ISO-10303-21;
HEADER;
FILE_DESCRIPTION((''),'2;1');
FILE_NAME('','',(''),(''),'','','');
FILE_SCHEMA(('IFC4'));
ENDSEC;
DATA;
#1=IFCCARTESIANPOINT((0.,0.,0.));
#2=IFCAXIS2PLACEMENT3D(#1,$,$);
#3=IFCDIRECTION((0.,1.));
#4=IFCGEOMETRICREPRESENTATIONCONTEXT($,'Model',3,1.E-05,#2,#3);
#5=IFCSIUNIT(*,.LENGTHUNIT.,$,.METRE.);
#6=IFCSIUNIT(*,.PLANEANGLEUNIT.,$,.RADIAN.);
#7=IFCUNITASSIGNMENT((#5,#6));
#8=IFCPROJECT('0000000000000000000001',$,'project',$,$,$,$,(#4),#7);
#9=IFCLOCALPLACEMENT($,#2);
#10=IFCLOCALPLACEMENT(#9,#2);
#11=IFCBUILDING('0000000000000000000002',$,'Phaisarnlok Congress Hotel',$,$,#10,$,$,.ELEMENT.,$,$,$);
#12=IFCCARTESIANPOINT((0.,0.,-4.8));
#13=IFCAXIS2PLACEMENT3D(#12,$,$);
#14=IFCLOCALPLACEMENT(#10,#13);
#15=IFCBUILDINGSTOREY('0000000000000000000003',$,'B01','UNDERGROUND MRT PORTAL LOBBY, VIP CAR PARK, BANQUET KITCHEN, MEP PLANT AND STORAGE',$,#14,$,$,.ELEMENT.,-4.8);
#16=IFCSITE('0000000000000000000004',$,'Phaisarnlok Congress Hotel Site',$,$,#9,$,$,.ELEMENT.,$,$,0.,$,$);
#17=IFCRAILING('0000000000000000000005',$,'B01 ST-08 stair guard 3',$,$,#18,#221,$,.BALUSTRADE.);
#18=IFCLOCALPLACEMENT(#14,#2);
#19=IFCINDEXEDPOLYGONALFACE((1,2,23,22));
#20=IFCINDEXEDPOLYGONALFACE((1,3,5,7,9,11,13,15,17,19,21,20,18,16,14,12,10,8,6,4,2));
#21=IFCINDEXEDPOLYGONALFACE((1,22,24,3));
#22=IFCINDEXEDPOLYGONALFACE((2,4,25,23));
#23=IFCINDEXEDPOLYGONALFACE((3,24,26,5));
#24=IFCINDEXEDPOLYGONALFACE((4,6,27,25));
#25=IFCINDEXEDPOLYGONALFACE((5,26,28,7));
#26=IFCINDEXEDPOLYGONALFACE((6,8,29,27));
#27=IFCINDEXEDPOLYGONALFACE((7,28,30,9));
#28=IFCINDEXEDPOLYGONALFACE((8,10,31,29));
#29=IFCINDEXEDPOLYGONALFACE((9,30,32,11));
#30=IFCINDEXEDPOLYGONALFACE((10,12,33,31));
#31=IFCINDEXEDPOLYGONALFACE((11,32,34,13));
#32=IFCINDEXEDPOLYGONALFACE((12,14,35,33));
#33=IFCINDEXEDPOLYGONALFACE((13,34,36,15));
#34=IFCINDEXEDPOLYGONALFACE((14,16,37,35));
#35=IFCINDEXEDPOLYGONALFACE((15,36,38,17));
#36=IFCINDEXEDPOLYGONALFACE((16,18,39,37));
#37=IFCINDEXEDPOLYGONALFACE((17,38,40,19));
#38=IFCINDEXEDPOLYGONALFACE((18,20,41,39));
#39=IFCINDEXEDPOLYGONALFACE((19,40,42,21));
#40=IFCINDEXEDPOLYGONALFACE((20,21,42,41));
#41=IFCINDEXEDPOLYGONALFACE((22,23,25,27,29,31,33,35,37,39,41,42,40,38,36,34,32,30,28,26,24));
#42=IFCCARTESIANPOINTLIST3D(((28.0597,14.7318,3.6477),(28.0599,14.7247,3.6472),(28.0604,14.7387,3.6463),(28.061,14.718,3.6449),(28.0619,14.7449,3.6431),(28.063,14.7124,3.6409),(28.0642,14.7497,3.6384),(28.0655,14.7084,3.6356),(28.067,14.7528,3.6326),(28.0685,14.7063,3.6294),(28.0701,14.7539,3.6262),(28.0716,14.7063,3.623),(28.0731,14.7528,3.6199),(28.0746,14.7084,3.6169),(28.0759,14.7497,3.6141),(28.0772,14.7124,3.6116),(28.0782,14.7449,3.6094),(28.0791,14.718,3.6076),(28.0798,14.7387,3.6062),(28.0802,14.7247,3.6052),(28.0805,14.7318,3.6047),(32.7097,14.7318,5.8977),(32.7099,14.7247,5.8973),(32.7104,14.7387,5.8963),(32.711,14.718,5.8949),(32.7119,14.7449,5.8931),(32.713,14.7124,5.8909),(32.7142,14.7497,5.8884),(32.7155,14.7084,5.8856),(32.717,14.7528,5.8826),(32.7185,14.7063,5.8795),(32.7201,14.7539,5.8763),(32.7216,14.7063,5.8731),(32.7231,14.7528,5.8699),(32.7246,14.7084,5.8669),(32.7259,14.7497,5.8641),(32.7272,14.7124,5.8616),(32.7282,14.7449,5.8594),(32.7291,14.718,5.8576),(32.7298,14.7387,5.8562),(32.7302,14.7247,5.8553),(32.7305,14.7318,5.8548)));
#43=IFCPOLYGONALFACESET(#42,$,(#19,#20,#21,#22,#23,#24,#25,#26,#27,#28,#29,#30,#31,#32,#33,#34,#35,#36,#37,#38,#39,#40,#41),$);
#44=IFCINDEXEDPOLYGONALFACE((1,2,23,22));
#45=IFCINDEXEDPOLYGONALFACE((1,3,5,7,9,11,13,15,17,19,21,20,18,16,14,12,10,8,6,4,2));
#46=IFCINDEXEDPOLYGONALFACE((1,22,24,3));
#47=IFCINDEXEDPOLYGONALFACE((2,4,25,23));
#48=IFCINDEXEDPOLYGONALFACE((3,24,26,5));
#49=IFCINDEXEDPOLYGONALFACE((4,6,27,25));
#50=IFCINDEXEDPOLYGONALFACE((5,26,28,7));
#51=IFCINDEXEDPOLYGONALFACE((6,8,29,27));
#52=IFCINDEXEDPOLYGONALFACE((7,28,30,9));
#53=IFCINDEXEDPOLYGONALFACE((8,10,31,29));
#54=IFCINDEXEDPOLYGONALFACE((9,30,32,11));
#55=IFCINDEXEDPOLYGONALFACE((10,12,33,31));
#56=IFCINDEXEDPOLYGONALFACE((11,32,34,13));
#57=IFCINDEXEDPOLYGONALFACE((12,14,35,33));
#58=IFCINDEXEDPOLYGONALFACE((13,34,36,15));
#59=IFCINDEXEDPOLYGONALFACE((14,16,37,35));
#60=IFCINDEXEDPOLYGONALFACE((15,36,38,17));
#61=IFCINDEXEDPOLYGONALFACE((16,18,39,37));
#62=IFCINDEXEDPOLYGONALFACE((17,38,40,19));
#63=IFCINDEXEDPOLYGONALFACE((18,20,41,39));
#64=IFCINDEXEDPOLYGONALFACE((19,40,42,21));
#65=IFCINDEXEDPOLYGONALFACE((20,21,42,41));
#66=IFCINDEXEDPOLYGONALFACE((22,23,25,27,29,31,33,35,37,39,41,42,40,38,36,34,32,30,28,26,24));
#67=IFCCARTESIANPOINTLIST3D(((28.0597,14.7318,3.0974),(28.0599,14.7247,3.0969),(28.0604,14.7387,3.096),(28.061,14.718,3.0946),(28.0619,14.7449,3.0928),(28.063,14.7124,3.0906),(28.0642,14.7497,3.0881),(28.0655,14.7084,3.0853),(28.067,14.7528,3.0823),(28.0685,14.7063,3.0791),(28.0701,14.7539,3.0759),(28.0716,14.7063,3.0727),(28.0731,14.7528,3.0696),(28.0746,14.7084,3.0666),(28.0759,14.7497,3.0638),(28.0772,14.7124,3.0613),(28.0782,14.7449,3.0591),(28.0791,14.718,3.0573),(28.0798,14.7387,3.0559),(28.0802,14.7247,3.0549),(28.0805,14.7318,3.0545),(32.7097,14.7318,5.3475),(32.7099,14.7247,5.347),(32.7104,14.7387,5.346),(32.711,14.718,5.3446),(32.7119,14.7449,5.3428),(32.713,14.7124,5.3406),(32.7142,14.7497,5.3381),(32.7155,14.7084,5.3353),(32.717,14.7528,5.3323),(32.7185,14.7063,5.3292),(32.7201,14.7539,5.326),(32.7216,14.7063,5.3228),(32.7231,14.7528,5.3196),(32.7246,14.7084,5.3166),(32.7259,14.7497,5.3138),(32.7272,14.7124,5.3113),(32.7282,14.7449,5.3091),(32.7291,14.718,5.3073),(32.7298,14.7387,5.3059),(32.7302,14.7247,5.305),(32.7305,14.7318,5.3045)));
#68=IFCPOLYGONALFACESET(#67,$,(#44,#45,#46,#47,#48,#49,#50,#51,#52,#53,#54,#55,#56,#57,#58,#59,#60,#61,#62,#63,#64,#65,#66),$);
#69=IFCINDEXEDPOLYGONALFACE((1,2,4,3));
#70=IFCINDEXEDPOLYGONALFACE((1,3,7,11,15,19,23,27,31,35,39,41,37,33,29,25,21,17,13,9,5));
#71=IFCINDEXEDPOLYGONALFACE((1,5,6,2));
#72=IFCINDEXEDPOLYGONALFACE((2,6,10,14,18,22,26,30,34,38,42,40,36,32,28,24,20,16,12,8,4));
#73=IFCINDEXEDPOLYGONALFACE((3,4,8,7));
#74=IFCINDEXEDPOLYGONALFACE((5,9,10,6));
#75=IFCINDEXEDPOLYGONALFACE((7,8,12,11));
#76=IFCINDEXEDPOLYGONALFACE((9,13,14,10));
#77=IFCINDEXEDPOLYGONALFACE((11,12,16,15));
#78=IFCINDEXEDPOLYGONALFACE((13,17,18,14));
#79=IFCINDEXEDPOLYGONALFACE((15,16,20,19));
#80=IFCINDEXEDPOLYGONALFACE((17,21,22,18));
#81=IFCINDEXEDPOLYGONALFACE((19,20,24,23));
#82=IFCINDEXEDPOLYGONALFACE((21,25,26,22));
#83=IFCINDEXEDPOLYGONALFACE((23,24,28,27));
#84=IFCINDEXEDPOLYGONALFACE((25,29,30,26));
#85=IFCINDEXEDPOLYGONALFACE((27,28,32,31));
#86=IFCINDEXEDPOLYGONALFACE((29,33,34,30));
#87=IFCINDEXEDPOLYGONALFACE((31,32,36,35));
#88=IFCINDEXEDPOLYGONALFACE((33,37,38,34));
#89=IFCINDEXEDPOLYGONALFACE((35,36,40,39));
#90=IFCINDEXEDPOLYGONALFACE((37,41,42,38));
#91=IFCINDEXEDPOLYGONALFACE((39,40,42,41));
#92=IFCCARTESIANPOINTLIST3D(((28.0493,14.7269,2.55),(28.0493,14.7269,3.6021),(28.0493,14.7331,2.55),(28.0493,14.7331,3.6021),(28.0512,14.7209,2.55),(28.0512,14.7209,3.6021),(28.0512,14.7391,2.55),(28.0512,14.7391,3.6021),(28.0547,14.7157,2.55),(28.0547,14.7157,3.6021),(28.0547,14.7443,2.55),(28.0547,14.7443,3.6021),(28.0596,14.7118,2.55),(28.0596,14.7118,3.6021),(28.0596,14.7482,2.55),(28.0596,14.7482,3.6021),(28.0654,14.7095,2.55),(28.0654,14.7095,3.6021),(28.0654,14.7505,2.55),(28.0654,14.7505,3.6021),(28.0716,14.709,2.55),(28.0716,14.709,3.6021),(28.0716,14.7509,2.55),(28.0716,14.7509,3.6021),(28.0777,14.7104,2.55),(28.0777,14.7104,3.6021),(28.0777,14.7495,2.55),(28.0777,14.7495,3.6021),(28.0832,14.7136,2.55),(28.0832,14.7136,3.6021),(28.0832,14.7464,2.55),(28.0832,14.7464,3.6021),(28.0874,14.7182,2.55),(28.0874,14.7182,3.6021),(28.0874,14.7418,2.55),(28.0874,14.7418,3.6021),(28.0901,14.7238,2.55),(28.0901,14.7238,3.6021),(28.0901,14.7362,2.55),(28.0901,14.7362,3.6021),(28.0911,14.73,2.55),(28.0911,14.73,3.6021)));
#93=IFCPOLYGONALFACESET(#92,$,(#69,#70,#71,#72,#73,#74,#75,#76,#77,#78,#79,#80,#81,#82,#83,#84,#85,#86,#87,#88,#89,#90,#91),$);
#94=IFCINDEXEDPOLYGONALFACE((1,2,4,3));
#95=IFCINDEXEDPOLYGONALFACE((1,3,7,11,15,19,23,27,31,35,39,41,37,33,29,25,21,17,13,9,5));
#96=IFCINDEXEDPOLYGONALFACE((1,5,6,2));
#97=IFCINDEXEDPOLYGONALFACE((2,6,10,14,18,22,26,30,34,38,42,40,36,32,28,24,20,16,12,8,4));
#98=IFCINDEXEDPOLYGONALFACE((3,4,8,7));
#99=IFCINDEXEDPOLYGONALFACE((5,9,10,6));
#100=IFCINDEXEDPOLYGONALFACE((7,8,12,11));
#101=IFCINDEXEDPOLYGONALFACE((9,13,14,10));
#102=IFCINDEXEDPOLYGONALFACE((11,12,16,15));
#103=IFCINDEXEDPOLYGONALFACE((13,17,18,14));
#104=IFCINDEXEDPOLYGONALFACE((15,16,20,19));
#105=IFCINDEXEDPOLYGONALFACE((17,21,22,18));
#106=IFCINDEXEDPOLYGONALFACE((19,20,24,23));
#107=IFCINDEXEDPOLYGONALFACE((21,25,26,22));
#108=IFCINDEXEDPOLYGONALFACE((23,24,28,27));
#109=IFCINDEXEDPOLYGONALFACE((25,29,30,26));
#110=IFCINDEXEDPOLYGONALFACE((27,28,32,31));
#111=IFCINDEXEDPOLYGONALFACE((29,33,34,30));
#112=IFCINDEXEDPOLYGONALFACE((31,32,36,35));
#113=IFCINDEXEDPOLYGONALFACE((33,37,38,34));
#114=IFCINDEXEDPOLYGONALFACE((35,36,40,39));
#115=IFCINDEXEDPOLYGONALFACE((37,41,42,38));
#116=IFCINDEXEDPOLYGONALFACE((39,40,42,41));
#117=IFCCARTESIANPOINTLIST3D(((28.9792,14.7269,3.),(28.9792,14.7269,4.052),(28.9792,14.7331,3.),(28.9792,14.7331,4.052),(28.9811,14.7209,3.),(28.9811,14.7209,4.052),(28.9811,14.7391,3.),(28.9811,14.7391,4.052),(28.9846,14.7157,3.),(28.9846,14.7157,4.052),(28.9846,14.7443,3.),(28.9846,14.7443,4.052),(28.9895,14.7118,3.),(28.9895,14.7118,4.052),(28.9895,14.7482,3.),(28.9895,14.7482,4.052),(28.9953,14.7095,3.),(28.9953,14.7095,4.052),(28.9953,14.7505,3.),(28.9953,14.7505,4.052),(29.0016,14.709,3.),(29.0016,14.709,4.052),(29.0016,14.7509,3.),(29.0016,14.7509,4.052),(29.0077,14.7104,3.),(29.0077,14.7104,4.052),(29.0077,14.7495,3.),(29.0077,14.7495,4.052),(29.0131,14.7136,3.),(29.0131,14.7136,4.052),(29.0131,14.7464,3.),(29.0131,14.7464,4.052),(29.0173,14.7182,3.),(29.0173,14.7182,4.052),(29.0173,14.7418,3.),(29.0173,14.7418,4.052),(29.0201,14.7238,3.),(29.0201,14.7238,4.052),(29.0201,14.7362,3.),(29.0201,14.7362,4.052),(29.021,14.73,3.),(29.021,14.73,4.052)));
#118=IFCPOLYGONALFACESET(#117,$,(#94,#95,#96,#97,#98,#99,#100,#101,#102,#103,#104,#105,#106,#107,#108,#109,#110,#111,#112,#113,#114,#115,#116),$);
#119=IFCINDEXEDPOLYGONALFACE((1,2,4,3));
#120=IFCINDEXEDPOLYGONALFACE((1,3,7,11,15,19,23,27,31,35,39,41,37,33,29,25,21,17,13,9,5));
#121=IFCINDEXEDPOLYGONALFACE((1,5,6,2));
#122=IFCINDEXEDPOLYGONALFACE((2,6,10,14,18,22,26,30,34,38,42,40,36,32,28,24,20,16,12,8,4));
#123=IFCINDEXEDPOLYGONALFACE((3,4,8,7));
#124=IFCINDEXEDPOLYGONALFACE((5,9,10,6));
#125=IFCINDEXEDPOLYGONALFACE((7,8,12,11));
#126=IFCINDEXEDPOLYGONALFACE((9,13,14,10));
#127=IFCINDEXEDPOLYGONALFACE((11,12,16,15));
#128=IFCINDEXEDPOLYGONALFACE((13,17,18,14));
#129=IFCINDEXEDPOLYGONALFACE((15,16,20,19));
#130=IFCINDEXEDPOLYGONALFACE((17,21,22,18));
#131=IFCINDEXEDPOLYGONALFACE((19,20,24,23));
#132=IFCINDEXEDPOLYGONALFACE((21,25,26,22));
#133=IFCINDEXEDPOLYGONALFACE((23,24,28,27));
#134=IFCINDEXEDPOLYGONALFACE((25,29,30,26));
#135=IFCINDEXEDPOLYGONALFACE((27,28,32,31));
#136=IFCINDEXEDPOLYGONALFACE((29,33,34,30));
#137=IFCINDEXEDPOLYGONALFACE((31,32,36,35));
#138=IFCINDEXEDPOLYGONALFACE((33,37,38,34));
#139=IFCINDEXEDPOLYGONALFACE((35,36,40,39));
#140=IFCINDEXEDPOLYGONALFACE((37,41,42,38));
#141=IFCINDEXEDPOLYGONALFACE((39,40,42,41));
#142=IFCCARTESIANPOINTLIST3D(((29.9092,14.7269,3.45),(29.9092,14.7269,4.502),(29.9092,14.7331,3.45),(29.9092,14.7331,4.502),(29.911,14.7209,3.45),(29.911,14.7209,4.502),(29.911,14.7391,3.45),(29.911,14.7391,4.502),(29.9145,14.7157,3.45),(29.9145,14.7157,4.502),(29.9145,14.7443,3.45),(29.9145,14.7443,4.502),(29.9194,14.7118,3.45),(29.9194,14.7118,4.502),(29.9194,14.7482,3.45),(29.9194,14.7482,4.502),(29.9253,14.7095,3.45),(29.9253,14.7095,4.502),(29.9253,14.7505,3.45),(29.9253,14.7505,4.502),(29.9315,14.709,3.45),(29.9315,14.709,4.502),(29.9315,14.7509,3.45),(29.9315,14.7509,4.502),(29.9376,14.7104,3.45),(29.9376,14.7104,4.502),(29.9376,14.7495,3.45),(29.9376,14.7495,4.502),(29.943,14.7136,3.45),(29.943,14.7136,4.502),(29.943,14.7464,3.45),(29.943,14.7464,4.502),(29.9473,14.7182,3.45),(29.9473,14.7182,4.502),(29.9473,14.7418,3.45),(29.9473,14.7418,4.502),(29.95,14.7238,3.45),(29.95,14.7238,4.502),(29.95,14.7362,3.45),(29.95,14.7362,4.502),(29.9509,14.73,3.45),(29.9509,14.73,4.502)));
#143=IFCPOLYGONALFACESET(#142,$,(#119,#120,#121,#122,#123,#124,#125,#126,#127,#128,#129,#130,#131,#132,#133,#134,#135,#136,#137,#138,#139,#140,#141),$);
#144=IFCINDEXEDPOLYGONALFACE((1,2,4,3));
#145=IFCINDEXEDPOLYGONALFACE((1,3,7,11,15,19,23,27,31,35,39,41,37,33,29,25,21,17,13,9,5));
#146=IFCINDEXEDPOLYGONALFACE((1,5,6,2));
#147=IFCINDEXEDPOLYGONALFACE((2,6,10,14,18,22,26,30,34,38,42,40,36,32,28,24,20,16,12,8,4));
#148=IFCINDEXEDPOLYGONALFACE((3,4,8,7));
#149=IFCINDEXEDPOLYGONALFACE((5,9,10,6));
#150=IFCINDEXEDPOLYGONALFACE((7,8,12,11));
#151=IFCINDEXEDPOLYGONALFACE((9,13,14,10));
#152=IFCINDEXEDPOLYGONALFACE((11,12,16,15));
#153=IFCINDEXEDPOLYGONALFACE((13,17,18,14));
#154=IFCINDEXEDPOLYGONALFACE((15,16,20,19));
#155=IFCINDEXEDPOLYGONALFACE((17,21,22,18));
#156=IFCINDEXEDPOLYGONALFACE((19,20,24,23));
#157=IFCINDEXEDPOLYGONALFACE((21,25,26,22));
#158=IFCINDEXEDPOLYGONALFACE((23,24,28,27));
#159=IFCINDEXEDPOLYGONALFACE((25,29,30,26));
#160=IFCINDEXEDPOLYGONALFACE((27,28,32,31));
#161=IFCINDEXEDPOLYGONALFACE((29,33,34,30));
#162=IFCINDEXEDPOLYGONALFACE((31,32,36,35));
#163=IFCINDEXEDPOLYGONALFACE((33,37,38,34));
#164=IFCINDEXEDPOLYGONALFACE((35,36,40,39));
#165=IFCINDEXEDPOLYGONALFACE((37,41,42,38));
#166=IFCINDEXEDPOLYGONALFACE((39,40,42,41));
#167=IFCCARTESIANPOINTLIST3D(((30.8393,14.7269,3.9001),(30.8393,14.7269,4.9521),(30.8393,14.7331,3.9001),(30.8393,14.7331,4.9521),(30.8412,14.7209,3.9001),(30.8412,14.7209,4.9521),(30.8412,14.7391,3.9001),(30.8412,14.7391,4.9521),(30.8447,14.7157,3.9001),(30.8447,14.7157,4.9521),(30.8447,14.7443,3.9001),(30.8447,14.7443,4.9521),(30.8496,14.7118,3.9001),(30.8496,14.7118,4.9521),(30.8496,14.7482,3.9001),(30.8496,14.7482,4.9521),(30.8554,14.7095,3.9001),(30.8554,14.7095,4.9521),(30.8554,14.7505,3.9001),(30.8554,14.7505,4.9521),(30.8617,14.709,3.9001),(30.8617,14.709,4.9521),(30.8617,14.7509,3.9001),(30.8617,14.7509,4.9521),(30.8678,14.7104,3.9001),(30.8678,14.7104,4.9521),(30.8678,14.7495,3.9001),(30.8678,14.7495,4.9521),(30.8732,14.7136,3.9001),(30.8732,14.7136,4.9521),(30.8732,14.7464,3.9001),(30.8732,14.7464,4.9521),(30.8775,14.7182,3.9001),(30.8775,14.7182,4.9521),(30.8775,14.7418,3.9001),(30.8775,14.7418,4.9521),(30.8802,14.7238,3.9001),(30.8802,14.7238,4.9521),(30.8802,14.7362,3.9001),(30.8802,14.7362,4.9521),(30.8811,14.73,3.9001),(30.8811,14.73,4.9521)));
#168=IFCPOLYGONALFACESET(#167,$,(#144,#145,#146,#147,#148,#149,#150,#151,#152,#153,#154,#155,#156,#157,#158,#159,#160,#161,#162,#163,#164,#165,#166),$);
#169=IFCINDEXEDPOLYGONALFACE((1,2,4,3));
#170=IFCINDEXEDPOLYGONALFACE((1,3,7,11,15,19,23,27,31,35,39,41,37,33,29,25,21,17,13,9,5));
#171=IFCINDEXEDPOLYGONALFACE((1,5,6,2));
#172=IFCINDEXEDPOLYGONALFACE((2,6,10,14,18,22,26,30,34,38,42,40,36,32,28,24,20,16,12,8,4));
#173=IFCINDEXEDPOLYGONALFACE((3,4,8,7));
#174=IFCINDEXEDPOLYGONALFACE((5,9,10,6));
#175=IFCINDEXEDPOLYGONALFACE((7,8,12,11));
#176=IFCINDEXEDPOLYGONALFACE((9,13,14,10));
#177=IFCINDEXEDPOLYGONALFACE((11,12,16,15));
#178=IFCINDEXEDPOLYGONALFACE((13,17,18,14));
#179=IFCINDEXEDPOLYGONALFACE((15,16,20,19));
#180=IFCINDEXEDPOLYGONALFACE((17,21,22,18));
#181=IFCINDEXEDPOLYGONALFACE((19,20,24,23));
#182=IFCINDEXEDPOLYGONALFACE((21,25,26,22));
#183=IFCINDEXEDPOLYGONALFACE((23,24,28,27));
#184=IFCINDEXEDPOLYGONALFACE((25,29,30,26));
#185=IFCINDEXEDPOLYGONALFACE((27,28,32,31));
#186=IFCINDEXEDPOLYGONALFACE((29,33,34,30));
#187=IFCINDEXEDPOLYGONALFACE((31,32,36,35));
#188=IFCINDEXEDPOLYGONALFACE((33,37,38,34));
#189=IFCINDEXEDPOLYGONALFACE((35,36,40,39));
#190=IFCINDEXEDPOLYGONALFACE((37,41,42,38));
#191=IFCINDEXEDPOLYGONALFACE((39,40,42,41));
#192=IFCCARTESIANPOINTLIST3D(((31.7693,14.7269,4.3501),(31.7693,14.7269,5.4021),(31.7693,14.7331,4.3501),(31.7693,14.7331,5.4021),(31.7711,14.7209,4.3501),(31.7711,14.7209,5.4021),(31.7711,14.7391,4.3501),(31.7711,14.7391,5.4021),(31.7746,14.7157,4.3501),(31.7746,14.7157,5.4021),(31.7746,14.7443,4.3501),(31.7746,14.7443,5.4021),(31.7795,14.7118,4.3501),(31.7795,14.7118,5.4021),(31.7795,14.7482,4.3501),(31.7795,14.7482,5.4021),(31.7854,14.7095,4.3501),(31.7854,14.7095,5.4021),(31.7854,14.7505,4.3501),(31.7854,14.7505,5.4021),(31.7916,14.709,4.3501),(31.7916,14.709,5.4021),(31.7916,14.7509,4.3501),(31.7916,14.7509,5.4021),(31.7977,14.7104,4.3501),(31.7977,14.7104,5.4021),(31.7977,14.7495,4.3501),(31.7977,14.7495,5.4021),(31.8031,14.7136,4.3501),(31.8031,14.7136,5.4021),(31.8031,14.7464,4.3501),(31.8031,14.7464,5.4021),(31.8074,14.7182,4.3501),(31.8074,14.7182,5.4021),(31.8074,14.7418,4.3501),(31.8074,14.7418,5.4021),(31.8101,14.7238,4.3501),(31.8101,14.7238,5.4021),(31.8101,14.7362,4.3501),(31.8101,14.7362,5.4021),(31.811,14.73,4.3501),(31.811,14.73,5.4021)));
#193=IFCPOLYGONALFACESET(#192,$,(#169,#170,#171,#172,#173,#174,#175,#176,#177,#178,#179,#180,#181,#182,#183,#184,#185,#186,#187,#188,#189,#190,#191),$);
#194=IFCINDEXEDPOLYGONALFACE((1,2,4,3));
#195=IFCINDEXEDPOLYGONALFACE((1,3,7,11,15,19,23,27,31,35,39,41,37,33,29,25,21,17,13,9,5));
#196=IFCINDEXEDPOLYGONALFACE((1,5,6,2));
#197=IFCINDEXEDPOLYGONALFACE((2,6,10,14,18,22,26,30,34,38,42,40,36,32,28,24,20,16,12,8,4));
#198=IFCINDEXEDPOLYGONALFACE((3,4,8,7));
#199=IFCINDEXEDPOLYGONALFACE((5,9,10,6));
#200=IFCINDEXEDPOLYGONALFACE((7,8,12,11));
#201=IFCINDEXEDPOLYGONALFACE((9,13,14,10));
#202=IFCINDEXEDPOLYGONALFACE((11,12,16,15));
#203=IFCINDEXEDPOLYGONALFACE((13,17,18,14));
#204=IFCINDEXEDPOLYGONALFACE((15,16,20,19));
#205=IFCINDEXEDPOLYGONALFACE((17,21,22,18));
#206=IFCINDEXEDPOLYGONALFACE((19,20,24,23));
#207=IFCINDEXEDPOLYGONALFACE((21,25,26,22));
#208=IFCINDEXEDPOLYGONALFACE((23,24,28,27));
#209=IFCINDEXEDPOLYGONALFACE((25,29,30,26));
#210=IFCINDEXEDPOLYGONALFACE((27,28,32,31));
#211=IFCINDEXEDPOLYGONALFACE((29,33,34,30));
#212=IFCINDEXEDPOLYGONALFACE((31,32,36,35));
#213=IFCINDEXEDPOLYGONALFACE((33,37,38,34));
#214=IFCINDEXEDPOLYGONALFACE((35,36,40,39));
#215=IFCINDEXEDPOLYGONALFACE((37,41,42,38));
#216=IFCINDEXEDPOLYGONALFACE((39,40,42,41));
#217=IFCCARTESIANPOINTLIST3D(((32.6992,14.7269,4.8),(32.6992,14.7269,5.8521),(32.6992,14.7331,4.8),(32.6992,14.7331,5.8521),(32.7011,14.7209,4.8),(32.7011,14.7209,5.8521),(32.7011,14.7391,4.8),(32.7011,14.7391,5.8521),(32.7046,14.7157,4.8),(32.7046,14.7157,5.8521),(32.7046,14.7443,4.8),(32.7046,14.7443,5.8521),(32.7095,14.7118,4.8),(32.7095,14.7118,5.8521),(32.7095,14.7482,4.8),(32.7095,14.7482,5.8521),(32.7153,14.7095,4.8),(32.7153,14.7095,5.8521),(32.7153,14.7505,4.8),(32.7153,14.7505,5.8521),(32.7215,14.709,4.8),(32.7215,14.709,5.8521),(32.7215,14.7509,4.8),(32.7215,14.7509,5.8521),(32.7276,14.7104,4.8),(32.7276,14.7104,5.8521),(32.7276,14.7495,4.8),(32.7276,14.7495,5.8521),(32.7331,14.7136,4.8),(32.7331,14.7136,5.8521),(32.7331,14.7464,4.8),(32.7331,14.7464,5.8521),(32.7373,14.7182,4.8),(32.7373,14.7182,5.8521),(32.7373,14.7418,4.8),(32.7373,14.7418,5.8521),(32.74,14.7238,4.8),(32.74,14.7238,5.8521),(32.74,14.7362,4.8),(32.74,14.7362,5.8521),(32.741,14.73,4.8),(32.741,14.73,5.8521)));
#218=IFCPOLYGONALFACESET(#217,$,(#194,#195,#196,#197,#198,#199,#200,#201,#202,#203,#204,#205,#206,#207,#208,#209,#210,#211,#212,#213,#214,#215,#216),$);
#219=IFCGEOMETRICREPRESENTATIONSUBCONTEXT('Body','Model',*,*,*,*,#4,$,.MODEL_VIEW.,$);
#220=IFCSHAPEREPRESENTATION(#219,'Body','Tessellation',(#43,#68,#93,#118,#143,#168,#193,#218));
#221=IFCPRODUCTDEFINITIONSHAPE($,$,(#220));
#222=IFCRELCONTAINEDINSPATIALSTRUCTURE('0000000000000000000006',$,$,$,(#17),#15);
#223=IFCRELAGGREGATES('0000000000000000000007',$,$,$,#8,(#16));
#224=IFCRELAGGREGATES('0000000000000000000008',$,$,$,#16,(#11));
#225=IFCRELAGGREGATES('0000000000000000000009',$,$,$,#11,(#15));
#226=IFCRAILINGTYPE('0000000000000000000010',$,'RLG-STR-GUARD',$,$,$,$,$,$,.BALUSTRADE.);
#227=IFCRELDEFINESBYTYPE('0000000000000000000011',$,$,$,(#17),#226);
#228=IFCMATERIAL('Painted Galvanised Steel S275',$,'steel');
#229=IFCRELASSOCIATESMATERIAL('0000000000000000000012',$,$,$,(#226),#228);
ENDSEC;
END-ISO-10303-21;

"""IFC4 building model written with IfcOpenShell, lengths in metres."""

from ifc_helpers import new_model, si_unit, direction, frame, origin, origin_2d, place, context, subcontext, project, spatial, circle, extrude, material, type_object, element, save


model = new_model("IFC4")

# Units and contexts
model_context = context("Model", 3, precision=1e-05, world=origin(), true_north=direction((0.0, 1.0)))
body_context = subcontext(model_context, "Body", "Model", "MODEL_VIEW")
ifc_project = project(units=[si_unit("LENGTHUNIT", "METRE"), si_unit("PLANEANGLEUNIT", "RADIAN")], contexts=[model_context])

# Site, building, storey
site_placement = place(None, origin())
site = spatial("IfcSite", under=ifc_project, at=site_placement, Name="Phaisarnlok Congress Hotel Site", CompositionType="ELEMENT", RefElevation=0.0)
building_placement = place(site_placement, origin())
building = spatial("IfcBuilding", under=site, at=building_placement, Name="Phaisarnlok Congress Hotel", CompositionType="ELEMENT")
storey_placement = place(building_placement, frame((0.0, 0.0, -4.8)))
storey = spatial("IfcBuildingStorey", under=building, at=storey_placement, Name="B01", Description="UNDERGROUND MRT PORTAL LOBBY, VIP CAR PARK, BANQUET KITCHEN, MEP PLANT AND STORAGE", CompositionType="ELEMENT", Elevation=-4.8)

# Railing
ifc_material_1 = material(Name="Painted Galvanised Steel S275", Category="steel")
railing_type_1 = type_object("IfcRailingType", Name="RLG-STR-GUARD", PredefinedType="BALUSTRADE", material=ifc_material_1)
railing_1_placement = place(storey_placement, frame((28.0701, 14.73, 2.55)))
element("IfcRailing", 1, at=railing_1_placement, inside=storey, type_object=railing_type_1, Name="B01 ST-08 stair guard 3", PredefinedType="BALUSTRADE", context=body_context, shape_type="SweptSolid", body=[
    extrude(circle(Radius=0.0239, at=origin_2d()), frame((0.0, 0.0, 1.0762), z_axis=(0.900156, 0.0, 0.435568), x_axis=(0.0, 1.0, 0.0)), (0.0, 0.0, 1.0), 5.1658),
    extrude(circle(Radius=0.0239, at=origin_2d()), frame((0.0, 0.0, 0.5259), z_axis=(0.900156, 0.0, 0.435568), x_axis=(0.0, 1.0, 0.0)), (0.0, 0.0, 1.0), 5.1658),
    extrude(circle(Radius=0.021, at=origin_2d()), origin(), (0.0, 0.0, 1.0), 1.052),
    extrude(circle(Radius=0.021, at=origin_2d()), frame((0.9299, 0.0, 0.45)), (0.0, 0.0, 1.0), 1.052),
    extrude(circle(Radius=0.021, at=origin_2d()), frame((1.8599, 0.0, 0.8999)), (0.0, 0.0, 1.0), 1.052),
    extrude(circle(Radius=0.021, at=origin_2d()), frame((2.79, 0.0, 1.3501)), (0.0, 0.0, 1.0), 1.052),
    extrude(circle(Radius=0.021, at=origin_2d()), frame((3.72, 0.0, 1.8)), (0.0, 0.0, 1.0), 1.052),
    extrude(circle(Radius=0.021, at=origin_2d()), frame((4.6499, 0.0, 2.25)), (0.0, 0.0, 1.0), 1.052),
])

save(model, "model.ifc")
